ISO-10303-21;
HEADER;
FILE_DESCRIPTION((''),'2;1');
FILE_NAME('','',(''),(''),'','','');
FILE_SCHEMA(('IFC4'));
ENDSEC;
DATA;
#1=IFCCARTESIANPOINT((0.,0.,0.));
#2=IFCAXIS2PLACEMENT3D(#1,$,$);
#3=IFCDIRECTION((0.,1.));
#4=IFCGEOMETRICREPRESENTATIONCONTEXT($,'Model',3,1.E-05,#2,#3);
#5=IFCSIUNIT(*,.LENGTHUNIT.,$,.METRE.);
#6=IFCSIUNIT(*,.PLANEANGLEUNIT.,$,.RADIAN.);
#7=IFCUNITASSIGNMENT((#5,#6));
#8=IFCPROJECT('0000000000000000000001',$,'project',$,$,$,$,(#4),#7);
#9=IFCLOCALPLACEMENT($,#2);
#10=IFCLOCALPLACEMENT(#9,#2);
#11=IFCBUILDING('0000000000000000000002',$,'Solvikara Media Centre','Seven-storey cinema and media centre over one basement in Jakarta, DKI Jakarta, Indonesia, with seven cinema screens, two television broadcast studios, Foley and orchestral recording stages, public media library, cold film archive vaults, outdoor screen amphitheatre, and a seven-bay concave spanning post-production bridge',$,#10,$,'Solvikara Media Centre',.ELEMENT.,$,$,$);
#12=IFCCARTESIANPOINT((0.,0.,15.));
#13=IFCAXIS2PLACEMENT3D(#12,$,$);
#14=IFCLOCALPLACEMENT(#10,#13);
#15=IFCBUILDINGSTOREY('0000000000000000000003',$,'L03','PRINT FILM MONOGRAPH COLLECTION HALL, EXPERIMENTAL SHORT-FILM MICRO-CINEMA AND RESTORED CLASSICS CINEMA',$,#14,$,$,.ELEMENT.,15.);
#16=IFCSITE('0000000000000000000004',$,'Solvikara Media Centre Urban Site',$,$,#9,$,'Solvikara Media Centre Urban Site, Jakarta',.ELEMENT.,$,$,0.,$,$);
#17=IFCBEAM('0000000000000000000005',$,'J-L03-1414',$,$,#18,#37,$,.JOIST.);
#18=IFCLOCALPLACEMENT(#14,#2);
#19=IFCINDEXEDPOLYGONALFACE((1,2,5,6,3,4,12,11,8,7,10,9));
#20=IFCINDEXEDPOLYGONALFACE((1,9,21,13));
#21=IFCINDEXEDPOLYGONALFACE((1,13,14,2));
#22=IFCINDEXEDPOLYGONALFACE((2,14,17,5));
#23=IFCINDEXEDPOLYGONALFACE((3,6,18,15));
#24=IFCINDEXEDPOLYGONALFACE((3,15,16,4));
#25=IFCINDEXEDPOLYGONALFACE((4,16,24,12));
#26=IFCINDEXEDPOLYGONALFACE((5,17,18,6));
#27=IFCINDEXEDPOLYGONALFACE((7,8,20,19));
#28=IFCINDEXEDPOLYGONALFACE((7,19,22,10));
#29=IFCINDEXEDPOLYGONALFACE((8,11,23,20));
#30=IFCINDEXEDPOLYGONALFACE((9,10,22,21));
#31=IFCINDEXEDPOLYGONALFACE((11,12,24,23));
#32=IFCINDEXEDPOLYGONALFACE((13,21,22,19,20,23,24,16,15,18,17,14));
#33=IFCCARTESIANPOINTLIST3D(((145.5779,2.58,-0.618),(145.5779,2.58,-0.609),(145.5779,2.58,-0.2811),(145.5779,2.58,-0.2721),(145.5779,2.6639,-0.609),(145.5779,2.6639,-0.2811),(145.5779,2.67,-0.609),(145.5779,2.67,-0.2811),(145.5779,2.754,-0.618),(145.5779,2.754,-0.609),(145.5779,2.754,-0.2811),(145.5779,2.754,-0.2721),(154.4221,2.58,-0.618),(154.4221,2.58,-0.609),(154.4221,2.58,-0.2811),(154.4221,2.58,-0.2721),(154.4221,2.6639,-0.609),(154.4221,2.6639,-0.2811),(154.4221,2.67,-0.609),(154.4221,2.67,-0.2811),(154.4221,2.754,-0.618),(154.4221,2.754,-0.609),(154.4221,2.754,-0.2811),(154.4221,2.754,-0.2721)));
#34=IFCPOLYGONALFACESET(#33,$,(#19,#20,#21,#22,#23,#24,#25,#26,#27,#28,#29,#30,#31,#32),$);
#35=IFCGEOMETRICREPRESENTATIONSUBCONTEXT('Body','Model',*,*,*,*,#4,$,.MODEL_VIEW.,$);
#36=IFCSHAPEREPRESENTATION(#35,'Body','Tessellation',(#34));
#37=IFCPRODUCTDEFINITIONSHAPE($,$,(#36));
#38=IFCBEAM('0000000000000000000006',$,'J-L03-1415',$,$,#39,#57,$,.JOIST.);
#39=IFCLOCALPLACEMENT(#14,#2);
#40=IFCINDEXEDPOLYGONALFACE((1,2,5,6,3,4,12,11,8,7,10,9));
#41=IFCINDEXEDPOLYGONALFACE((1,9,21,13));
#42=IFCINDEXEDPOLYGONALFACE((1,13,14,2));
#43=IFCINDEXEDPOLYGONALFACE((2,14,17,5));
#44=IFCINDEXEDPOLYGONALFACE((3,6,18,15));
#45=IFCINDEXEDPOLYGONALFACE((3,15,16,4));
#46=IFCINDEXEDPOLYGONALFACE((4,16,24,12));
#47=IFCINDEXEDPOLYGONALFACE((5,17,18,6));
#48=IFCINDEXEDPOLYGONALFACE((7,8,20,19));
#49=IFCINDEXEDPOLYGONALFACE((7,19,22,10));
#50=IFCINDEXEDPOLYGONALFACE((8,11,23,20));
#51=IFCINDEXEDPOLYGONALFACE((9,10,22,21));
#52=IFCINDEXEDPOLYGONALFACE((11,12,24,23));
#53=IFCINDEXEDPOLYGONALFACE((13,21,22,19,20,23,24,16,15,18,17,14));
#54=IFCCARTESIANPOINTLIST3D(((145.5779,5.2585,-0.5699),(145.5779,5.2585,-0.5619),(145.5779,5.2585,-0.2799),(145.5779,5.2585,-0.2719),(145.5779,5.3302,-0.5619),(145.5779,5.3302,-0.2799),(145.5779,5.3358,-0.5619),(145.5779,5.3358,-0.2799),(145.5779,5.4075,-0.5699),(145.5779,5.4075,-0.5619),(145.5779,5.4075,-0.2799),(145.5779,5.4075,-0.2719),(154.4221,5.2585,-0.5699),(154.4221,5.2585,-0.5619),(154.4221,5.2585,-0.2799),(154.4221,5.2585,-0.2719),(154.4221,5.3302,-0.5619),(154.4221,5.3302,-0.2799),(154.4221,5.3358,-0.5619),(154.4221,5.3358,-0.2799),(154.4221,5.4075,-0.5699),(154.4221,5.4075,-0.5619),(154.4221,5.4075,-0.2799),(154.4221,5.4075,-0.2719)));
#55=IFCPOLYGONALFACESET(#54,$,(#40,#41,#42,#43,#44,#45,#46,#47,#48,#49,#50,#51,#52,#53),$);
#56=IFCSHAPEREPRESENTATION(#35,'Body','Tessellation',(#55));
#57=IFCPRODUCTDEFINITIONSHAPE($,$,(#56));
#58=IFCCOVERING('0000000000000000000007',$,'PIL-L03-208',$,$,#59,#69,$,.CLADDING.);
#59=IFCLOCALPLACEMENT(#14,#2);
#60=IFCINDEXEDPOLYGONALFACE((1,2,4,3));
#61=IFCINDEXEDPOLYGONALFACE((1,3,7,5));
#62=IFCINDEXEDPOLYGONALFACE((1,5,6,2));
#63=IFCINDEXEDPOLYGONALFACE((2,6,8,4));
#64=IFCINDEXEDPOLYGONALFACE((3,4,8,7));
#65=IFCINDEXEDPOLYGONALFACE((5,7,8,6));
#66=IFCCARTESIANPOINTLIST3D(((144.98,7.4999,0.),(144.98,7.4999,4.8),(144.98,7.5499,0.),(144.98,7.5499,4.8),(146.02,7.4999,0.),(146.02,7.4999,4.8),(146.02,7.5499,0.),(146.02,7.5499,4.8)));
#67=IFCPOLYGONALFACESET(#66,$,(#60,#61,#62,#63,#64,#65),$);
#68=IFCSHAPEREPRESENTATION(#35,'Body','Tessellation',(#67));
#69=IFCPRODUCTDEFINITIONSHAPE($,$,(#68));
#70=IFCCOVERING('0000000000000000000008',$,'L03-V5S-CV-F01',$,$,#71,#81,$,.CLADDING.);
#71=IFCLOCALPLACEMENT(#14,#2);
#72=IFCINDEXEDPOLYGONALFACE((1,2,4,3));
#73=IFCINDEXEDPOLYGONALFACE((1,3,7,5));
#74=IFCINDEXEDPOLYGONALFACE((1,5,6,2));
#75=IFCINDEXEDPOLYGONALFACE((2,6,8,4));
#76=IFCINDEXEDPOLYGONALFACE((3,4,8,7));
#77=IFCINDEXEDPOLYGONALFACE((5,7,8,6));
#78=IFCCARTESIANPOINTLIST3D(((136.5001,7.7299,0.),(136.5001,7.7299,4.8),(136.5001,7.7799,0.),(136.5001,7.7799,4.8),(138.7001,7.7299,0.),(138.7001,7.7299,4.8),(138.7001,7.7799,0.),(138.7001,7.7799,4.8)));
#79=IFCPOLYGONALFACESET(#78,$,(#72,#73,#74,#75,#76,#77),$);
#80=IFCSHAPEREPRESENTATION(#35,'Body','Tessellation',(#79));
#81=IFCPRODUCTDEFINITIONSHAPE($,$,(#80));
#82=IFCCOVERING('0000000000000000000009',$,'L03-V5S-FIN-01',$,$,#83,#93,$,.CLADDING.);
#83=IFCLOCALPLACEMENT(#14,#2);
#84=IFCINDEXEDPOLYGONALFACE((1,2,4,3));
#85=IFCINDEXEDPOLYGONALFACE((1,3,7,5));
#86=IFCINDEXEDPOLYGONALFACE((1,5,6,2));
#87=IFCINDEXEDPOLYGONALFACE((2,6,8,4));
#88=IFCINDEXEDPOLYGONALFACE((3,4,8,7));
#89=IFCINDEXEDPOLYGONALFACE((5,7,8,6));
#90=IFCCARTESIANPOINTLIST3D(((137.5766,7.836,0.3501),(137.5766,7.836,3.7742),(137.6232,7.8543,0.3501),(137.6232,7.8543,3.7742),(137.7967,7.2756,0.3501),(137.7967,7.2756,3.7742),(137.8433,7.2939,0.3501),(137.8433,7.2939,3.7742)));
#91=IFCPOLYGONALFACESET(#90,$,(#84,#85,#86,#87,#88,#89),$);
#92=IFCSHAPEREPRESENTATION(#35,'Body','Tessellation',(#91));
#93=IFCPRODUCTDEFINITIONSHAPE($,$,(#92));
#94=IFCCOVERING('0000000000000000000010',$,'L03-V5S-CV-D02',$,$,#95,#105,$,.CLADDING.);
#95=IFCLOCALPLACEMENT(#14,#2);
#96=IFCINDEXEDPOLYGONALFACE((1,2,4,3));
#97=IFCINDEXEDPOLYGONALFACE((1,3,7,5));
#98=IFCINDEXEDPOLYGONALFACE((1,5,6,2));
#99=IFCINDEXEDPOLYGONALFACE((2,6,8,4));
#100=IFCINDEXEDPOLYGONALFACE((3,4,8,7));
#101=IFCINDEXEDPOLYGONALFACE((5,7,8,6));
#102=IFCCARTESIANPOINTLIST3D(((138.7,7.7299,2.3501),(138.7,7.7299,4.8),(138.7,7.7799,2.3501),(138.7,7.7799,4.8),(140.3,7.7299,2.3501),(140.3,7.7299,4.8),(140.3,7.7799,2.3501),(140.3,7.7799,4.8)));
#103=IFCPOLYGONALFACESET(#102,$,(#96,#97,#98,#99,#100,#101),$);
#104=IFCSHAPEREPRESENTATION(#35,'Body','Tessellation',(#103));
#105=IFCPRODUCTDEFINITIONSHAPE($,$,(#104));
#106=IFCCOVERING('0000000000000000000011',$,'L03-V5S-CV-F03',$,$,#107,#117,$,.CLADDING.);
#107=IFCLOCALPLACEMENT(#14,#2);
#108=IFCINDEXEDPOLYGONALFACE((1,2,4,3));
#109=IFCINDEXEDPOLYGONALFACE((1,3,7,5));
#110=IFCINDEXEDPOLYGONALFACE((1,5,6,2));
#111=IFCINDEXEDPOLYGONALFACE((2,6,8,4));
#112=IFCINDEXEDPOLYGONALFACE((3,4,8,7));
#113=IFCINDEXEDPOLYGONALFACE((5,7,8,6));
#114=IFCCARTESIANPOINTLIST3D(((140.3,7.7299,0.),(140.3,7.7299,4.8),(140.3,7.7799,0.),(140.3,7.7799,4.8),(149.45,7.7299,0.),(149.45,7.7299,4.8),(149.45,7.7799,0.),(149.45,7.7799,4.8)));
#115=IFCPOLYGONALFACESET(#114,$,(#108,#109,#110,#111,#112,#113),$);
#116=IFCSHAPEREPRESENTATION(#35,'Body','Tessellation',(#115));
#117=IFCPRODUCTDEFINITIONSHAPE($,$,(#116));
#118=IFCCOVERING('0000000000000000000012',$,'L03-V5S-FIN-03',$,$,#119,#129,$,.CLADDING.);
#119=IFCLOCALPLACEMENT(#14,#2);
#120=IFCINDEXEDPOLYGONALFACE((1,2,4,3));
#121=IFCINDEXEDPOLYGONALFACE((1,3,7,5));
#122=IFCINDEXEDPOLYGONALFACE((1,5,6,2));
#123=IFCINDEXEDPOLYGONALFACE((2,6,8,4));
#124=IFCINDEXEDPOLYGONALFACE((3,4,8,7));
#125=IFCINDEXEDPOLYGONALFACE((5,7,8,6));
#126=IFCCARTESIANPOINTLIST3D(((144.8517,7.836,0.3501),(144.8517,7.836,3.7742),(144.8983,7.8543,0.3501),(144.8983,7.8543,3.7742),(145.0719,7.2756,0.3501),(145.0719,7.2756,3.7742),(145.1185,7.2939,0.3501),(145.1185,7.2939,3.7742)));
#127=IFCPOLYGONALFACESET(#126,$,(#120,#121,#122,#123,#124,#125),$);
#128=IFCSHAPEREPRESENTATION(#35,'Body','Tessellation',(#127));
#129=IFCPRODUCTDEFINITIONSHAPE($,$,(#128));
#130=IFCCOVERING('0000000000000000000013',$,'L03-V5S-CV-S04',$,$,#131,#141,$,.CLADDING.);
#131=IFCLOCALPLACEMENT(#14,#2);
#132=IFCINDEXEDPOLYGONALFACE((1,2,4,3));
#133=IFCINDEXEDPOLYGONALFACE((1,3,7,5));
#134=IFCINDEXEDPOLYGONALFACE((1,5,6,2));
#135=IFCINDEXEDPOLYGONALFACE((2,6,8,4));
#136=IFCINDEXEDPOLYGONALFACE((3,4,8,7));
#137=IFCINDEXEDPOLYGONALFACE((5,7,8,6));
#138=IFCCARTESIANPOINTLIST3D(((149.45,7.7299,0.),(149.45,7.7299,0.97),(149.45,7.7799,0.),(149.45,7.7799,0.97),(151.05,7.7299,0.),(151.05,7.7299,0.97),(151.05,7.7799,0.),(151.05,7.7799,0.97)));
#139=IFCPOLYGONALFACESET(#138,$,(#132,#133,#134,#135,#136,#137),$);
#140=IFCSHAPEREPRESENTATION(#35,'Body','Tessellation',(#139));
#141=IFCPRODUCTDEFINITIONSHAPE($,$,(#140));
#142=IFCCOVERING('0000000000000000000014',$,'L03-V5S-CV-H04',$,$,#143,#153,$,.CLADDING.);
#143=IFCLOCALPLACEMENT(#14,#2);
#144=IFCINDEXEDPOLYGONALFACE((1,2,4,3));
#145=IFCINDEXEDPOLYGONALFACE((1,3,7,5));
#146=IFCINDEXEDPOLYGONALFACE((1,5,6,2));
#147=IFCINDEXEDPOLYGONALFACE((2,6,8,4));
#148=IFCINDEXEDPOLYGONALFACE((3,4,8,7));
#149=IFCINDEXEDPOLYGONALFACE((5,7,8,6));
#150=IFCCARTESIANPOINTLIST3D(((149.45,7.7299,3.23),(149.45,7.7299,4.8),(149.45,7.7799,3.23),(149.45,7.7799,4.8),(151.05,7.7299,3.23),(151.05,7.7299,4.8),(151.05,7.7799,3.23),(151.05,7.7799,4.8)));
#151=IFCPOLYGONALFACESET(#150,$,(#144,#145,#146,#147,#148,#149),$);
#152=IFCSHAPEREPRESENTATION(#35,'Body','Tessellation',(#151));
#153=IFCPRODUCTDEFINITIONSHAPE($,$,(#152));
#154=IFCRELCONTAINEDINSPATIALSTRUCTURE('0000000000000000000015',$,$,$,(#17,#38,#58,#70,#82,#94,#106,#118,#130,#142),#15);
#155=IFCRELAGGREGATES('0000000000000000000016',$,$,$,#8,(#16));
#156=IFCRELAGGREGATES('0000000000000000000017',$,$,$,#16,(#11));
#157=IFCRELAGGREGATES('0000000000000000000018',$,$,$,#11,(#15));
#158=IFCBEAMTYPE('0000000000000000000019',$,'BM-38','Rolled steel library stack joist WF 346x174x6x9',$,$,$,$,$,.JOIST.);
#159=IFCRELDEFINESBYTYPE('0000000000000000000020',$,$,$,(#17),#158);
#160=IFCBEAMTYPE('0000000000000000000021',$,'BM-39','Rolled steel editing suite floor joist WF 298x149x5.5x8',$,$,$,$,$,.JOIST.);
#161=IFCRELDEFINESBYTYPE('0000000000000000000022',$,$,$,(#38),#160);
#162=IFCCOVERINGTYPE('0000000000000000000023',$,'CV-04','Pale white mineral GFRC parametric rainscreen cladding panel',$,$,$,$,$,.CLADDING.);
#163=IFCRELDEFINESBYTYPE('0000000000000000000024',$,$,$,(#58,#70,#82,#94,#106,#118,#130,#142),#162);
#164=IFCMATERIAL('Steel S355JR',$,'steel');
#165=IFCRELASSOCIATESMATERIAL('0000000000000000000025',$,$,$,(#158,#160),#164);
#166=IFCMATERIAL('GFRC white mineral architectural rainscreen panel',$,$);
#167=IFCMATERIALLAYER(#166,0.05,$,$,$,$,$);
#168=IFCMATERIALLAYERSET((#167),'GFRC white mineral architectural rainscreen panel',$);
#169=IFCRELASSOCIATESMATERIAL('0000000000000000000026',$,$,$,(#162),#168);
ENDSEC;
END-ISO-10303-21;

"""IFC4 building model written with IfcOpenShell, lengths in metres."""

from ifc_helpers import new_model, si_unit, direction, frame, origin, origin_2d, place, context, subcontext, project, spatial, rectangle, i_section, extrude, material, layer, layer_set, material_profile, profile_set, type_object, element, save


model = new_model("IFC4")

# Units and contexts
model_context = context("Model", 3, precision=1e-05, world=origin(), true_north=direction((0.0, 1.0)))
body_context = subcontext(model_context, "Body", "Model", "MODEL_VIEW")
ifc_project = project(units=[si_unit("LENGTHUNIT", "METRE"), si_unit("PLANEANGLEUNIT", "RADIAN")], contexts=[model_context])

# Site, building, storey
site_placement = place(None, origin())
site = spatial("IfcSite", under=ifc_project, at=site_placement, Name="Solvikara Media Centre Urban Site", LongName="Solvikara Media Centre Urban Site, Jakarta", CompositionType="ELEMENT", RefElevation=0.0)
building_placement = place(site_placement, origin())
building = spatial("IfcBuilding", under=site, at=building_placement, Name="Solvikara Media Centre", Description="Seven-storey cinema and media centre over one basement in Jakarta, DKI Jakarta, Indonesia, with seven cinema screens, two television broadcast studios, Foley and orchestral recording stages, public media library, cold film archive vaults, outdoor screen amphitheatre, and a seven-bay concave spanning post-production bridge", LongName="Solvikara Media Centre", CompositionType="ELEMENT")
storey_placement = place(building_placement, frame((0.0, 0.0, 15.0)))
storey = spatial("IfcBuildingStorey", under=building, at=storey_placement, Name="L03", Description="PRINT FILM MONOGRAPH COLLECTION HALL, EXPERIMENTAL SHORT-FILM MICRO-CINEMA AND RESTORED CLASSICS CINEMA", CompositionType="ELEMENT", Elevation=15.0)

# Beams
ifc_material_1 = material(Name="Steel S355JR", Category="steel")
ifc_material_profile_1 = material_profile(ifc_material_1, i_section(OverallWidth=0.1741, OverallDepth=0.3459, WebThickness=0.0061, FlangeThickness=0.009, at=origin_2d()), Name="WF 346x174x6x9")
ifc_profile_set_1 = profile_set([ifc_material_profile_1], Name="Steel S355JR")
beam_type_1 = type_object("IfcBeamType", Name="BM-38", Description="Rolled steel library stack joist WF 346x174x6x9", PredefinedType="JOIST", material=ifc_profile_set_1)
beam_1_placement = place(storey_placement, frame((145.5779, 2.667, -0.4451), z_axis=(1.0, 0.0, 0.0), x_axis=(0.0, 1.0, 0.0)))
element("IfcBeam", 1, at=beam_1_placement, inside=storey, type_object=beam_type_1, Name="J-L03-1414", PredefinedType="JOIST", context=body_context, shape_type="SweptSolid", body=[
    extrude(i_section(OverallWidth=0.1741, OverallDepth=0.3459, WebThickness=0.0061, FlangeThickness=0.009, at=origin_2d()), origin(), (0.0, 0.0, 1.0), 8.8442),
])
ifc_material_profile_2 = material_profile(ifc_material_1, i_section(OverallWidth=0.1489, OverallDepth=0.2981, WebThickness=0.0056, FlangeThickness=0.0081, at=origin_2d()), Name="WF 298x149x5.5x8")
ifc_profile_set_2 = profile_set([ifc_material_profile_2], Name="Steel S355JR")
beam_type_2 = type_object("IfcBeamType", Name="BM-39", Description="Rolled steel editing suite floor joist WF 298x149x5.5x8", PredefinedType="JOIST", material=ifc_profile_set_2)
beam_2_placement = place(storey_placement, frame((145.5779, 5.333, -0.4209), z_axis=(1.0, 0.0, 0.0), x_axis=(0.0, 1.0, 0.0)))
element("IfcBeam", 2, at=beam_2_placement, inside=storey, type_object=beam_type_2, Name="J-L03-1415", PredefinedType="JOIST", context=body_context, shape_type="SweptSolid", body=[
    extrude(i_section(OverallWidth=0.1489, OverallDepth=0.2981, WebThickness=0.0056, FlangeThickness=0.0081, at=origin_2d()), origin(), (0.0, 0.0, 1.0), 8.8442),
])

# Coverings
ifc_material_2 = material(Name="GFRC white mineral architectural rainscreen panel")
ifc_layer = layer(ifc_material_2, 0.05)
ifc_layer_set = layer_set([ifc_layer], Name="GFRC white mineral architectural rainscreen panel")
covering_type = type_object("IfcCoveringType", Name="CV-04", Description="Pale white mineral GFRC parametric rainscreen cladding panel", PredefinedType="CLADDING", material=ifc_layer_set)
covering_1_placement = place(storey_placement, frame((145.5, 7.5249, 0.0), z_axis=(0.0, 0.0, 1.0), x_axis=(1.0, 0.0, 0.0)))
element("IfcCovering", 3, at=covering_1_placement, inside=storey, type_object=covering_type, Name="PIL-L03-208", PredefinedType="CLADDING", context=body_context, shape_type="SweptSolid", body=[
    extrude(rectangle(XDim=1.04, YDim=0.05, at=origin_2d()), origin(), (0.0, 0.0, 1.0), 4.8),
])
covering_2_placement = place(storey_placement, frame((137.6001, 7.7549, 0.0), z_axis=(0.0, 0.0, 1.0), x_axis=(1.0, 0.0, 0.0)))
element("IfcCovering", 4, at=covering_2_placement, inside=storey, type_object=covering_type, Name="L03-V5S-CV-F01", PredefinedType="CLADDING", context=body_context, shape_type="SweptSolid", body=[
    extrude(rectangle(XDim=2.2, YDim=0.05, at=origin_2d()), origin(), (0.0, 0.0, 1.0), 4.8),
])
covering_3_placement = place(storey_placement, frame((137.71, 7.5649, 0.3501), z_axis=(0.0, 0.0, 1.0), x_axis=(0.365657, -0.93075, 0.0)))
element("IfcCovering", 5, at=covering_3_placement, inside=storey, type_object=covering_type, Name="L03-V5S-FIN-01", PredefinedType="CLADDING", context=body_context, shape_type="SweptSolid", body=[
    extrude(rectangle(XDim=0.6021, YDim=0.05, at=origin_2d()), origin(), (0.0, 0.0, 1.0), 3.4241),
])
covering_4_placement = place(storey_placement, frame((139.5, 7.7549, 2.3501), z_axis=(0.0, 0.0, 1.0), x_axis=(1.0, 0.0, 0.0)))
element("IfcCovering", 6, at=covering_4_placement, inside=storey, type_object=covering_type, Name="L03-V5S-CV-D02", PredefinedType="CLADDING", context=body_context, shape_type="SweptSolid", body=[
    extrude(rectangle(XDim=1.6001, YDim=0.05, at=origin_2d()), origin(), (0.0, 0.0, 1.0), 2.45),
])
covering_5_placement = place(storey_placement, frame((144.875, 7.7549, 0.0), z_axis=(0.0, 0.0, 1.0), x_axis=(1.0, 0.0, 0.0)))
element("IfcCovering", 7, at=covering_5_placement, inside=storey, type_object=covering_type, Name="L03-V5S-CV-F03", PredefinedType="CLADDING", context=body_context, shape_type="SweptSolid", body=[
    extrude(rectangle(XDim=9.1499, YDim=0.05, at=origin_2d()), origin(), (0.0, 0.0, 1.0), 4.8),
])
covering_6_placement = place(storey_placement, frame((144.9851, 7.5649, 0.3501), z_axis=(0.0, 0.0, 1.0), x_axis=(0.365657, -0.93075, 0.0)))
element("IfcCovering", 8, at=covering_6_placement, inside=storey, type_object=covering_type, Name="L03-V5S-FIN-03", PredefinedType="CLADDING", context=body_context, shape_type="SweptSolid", body=[
    extrude(rectangle(XDim=0.6021, YDim=0.05, at=origin_2d()), origin(), (0.0, 0.0, 1.0), 3.4241),
])
covering_7_placement = place(storey_placement, frame((150.25, 7.7549, 0.0), z_axis=(0.0, 0.0, 1.0), x_axis=(1.0, 0.0, 0.0)))
element("IfcCovering", 9, at=covering_7_placement, inside=storey, type_object=covering_type, Name="L03-V5S-CV-S04", PredefinedType="CLADDING", context=body_context, shape_type="SweptSolid", body=[
    extrude(rectangle(XDim=1.6001, YDim=0.05, at=origin_2d()), origin(), (0.0, 0.0, 1.0), 0.97),
])
covering_8_placement = place(storey_placement, frame((150.25, 7.7549, 3.23), z_axis=(0.0, 0.0, 1.0), x_axis=(1.0, 0.0, 0.0)))
element("IfcCovering", 10, at=covering_8_placement, inside=storey, type_object=covering_type, Name="L03-V5S-CV-H04", PredefinedType="CLADDING", context=body_context, shape_type="SweptSolid", body=[
    extrude(rectangle(XDim=1.6001, YDim=0.05, at=origin_2d()), origin(), (0.0, 0.0, 1.0), 1.5701),
])

save(model, "model.ifc")
